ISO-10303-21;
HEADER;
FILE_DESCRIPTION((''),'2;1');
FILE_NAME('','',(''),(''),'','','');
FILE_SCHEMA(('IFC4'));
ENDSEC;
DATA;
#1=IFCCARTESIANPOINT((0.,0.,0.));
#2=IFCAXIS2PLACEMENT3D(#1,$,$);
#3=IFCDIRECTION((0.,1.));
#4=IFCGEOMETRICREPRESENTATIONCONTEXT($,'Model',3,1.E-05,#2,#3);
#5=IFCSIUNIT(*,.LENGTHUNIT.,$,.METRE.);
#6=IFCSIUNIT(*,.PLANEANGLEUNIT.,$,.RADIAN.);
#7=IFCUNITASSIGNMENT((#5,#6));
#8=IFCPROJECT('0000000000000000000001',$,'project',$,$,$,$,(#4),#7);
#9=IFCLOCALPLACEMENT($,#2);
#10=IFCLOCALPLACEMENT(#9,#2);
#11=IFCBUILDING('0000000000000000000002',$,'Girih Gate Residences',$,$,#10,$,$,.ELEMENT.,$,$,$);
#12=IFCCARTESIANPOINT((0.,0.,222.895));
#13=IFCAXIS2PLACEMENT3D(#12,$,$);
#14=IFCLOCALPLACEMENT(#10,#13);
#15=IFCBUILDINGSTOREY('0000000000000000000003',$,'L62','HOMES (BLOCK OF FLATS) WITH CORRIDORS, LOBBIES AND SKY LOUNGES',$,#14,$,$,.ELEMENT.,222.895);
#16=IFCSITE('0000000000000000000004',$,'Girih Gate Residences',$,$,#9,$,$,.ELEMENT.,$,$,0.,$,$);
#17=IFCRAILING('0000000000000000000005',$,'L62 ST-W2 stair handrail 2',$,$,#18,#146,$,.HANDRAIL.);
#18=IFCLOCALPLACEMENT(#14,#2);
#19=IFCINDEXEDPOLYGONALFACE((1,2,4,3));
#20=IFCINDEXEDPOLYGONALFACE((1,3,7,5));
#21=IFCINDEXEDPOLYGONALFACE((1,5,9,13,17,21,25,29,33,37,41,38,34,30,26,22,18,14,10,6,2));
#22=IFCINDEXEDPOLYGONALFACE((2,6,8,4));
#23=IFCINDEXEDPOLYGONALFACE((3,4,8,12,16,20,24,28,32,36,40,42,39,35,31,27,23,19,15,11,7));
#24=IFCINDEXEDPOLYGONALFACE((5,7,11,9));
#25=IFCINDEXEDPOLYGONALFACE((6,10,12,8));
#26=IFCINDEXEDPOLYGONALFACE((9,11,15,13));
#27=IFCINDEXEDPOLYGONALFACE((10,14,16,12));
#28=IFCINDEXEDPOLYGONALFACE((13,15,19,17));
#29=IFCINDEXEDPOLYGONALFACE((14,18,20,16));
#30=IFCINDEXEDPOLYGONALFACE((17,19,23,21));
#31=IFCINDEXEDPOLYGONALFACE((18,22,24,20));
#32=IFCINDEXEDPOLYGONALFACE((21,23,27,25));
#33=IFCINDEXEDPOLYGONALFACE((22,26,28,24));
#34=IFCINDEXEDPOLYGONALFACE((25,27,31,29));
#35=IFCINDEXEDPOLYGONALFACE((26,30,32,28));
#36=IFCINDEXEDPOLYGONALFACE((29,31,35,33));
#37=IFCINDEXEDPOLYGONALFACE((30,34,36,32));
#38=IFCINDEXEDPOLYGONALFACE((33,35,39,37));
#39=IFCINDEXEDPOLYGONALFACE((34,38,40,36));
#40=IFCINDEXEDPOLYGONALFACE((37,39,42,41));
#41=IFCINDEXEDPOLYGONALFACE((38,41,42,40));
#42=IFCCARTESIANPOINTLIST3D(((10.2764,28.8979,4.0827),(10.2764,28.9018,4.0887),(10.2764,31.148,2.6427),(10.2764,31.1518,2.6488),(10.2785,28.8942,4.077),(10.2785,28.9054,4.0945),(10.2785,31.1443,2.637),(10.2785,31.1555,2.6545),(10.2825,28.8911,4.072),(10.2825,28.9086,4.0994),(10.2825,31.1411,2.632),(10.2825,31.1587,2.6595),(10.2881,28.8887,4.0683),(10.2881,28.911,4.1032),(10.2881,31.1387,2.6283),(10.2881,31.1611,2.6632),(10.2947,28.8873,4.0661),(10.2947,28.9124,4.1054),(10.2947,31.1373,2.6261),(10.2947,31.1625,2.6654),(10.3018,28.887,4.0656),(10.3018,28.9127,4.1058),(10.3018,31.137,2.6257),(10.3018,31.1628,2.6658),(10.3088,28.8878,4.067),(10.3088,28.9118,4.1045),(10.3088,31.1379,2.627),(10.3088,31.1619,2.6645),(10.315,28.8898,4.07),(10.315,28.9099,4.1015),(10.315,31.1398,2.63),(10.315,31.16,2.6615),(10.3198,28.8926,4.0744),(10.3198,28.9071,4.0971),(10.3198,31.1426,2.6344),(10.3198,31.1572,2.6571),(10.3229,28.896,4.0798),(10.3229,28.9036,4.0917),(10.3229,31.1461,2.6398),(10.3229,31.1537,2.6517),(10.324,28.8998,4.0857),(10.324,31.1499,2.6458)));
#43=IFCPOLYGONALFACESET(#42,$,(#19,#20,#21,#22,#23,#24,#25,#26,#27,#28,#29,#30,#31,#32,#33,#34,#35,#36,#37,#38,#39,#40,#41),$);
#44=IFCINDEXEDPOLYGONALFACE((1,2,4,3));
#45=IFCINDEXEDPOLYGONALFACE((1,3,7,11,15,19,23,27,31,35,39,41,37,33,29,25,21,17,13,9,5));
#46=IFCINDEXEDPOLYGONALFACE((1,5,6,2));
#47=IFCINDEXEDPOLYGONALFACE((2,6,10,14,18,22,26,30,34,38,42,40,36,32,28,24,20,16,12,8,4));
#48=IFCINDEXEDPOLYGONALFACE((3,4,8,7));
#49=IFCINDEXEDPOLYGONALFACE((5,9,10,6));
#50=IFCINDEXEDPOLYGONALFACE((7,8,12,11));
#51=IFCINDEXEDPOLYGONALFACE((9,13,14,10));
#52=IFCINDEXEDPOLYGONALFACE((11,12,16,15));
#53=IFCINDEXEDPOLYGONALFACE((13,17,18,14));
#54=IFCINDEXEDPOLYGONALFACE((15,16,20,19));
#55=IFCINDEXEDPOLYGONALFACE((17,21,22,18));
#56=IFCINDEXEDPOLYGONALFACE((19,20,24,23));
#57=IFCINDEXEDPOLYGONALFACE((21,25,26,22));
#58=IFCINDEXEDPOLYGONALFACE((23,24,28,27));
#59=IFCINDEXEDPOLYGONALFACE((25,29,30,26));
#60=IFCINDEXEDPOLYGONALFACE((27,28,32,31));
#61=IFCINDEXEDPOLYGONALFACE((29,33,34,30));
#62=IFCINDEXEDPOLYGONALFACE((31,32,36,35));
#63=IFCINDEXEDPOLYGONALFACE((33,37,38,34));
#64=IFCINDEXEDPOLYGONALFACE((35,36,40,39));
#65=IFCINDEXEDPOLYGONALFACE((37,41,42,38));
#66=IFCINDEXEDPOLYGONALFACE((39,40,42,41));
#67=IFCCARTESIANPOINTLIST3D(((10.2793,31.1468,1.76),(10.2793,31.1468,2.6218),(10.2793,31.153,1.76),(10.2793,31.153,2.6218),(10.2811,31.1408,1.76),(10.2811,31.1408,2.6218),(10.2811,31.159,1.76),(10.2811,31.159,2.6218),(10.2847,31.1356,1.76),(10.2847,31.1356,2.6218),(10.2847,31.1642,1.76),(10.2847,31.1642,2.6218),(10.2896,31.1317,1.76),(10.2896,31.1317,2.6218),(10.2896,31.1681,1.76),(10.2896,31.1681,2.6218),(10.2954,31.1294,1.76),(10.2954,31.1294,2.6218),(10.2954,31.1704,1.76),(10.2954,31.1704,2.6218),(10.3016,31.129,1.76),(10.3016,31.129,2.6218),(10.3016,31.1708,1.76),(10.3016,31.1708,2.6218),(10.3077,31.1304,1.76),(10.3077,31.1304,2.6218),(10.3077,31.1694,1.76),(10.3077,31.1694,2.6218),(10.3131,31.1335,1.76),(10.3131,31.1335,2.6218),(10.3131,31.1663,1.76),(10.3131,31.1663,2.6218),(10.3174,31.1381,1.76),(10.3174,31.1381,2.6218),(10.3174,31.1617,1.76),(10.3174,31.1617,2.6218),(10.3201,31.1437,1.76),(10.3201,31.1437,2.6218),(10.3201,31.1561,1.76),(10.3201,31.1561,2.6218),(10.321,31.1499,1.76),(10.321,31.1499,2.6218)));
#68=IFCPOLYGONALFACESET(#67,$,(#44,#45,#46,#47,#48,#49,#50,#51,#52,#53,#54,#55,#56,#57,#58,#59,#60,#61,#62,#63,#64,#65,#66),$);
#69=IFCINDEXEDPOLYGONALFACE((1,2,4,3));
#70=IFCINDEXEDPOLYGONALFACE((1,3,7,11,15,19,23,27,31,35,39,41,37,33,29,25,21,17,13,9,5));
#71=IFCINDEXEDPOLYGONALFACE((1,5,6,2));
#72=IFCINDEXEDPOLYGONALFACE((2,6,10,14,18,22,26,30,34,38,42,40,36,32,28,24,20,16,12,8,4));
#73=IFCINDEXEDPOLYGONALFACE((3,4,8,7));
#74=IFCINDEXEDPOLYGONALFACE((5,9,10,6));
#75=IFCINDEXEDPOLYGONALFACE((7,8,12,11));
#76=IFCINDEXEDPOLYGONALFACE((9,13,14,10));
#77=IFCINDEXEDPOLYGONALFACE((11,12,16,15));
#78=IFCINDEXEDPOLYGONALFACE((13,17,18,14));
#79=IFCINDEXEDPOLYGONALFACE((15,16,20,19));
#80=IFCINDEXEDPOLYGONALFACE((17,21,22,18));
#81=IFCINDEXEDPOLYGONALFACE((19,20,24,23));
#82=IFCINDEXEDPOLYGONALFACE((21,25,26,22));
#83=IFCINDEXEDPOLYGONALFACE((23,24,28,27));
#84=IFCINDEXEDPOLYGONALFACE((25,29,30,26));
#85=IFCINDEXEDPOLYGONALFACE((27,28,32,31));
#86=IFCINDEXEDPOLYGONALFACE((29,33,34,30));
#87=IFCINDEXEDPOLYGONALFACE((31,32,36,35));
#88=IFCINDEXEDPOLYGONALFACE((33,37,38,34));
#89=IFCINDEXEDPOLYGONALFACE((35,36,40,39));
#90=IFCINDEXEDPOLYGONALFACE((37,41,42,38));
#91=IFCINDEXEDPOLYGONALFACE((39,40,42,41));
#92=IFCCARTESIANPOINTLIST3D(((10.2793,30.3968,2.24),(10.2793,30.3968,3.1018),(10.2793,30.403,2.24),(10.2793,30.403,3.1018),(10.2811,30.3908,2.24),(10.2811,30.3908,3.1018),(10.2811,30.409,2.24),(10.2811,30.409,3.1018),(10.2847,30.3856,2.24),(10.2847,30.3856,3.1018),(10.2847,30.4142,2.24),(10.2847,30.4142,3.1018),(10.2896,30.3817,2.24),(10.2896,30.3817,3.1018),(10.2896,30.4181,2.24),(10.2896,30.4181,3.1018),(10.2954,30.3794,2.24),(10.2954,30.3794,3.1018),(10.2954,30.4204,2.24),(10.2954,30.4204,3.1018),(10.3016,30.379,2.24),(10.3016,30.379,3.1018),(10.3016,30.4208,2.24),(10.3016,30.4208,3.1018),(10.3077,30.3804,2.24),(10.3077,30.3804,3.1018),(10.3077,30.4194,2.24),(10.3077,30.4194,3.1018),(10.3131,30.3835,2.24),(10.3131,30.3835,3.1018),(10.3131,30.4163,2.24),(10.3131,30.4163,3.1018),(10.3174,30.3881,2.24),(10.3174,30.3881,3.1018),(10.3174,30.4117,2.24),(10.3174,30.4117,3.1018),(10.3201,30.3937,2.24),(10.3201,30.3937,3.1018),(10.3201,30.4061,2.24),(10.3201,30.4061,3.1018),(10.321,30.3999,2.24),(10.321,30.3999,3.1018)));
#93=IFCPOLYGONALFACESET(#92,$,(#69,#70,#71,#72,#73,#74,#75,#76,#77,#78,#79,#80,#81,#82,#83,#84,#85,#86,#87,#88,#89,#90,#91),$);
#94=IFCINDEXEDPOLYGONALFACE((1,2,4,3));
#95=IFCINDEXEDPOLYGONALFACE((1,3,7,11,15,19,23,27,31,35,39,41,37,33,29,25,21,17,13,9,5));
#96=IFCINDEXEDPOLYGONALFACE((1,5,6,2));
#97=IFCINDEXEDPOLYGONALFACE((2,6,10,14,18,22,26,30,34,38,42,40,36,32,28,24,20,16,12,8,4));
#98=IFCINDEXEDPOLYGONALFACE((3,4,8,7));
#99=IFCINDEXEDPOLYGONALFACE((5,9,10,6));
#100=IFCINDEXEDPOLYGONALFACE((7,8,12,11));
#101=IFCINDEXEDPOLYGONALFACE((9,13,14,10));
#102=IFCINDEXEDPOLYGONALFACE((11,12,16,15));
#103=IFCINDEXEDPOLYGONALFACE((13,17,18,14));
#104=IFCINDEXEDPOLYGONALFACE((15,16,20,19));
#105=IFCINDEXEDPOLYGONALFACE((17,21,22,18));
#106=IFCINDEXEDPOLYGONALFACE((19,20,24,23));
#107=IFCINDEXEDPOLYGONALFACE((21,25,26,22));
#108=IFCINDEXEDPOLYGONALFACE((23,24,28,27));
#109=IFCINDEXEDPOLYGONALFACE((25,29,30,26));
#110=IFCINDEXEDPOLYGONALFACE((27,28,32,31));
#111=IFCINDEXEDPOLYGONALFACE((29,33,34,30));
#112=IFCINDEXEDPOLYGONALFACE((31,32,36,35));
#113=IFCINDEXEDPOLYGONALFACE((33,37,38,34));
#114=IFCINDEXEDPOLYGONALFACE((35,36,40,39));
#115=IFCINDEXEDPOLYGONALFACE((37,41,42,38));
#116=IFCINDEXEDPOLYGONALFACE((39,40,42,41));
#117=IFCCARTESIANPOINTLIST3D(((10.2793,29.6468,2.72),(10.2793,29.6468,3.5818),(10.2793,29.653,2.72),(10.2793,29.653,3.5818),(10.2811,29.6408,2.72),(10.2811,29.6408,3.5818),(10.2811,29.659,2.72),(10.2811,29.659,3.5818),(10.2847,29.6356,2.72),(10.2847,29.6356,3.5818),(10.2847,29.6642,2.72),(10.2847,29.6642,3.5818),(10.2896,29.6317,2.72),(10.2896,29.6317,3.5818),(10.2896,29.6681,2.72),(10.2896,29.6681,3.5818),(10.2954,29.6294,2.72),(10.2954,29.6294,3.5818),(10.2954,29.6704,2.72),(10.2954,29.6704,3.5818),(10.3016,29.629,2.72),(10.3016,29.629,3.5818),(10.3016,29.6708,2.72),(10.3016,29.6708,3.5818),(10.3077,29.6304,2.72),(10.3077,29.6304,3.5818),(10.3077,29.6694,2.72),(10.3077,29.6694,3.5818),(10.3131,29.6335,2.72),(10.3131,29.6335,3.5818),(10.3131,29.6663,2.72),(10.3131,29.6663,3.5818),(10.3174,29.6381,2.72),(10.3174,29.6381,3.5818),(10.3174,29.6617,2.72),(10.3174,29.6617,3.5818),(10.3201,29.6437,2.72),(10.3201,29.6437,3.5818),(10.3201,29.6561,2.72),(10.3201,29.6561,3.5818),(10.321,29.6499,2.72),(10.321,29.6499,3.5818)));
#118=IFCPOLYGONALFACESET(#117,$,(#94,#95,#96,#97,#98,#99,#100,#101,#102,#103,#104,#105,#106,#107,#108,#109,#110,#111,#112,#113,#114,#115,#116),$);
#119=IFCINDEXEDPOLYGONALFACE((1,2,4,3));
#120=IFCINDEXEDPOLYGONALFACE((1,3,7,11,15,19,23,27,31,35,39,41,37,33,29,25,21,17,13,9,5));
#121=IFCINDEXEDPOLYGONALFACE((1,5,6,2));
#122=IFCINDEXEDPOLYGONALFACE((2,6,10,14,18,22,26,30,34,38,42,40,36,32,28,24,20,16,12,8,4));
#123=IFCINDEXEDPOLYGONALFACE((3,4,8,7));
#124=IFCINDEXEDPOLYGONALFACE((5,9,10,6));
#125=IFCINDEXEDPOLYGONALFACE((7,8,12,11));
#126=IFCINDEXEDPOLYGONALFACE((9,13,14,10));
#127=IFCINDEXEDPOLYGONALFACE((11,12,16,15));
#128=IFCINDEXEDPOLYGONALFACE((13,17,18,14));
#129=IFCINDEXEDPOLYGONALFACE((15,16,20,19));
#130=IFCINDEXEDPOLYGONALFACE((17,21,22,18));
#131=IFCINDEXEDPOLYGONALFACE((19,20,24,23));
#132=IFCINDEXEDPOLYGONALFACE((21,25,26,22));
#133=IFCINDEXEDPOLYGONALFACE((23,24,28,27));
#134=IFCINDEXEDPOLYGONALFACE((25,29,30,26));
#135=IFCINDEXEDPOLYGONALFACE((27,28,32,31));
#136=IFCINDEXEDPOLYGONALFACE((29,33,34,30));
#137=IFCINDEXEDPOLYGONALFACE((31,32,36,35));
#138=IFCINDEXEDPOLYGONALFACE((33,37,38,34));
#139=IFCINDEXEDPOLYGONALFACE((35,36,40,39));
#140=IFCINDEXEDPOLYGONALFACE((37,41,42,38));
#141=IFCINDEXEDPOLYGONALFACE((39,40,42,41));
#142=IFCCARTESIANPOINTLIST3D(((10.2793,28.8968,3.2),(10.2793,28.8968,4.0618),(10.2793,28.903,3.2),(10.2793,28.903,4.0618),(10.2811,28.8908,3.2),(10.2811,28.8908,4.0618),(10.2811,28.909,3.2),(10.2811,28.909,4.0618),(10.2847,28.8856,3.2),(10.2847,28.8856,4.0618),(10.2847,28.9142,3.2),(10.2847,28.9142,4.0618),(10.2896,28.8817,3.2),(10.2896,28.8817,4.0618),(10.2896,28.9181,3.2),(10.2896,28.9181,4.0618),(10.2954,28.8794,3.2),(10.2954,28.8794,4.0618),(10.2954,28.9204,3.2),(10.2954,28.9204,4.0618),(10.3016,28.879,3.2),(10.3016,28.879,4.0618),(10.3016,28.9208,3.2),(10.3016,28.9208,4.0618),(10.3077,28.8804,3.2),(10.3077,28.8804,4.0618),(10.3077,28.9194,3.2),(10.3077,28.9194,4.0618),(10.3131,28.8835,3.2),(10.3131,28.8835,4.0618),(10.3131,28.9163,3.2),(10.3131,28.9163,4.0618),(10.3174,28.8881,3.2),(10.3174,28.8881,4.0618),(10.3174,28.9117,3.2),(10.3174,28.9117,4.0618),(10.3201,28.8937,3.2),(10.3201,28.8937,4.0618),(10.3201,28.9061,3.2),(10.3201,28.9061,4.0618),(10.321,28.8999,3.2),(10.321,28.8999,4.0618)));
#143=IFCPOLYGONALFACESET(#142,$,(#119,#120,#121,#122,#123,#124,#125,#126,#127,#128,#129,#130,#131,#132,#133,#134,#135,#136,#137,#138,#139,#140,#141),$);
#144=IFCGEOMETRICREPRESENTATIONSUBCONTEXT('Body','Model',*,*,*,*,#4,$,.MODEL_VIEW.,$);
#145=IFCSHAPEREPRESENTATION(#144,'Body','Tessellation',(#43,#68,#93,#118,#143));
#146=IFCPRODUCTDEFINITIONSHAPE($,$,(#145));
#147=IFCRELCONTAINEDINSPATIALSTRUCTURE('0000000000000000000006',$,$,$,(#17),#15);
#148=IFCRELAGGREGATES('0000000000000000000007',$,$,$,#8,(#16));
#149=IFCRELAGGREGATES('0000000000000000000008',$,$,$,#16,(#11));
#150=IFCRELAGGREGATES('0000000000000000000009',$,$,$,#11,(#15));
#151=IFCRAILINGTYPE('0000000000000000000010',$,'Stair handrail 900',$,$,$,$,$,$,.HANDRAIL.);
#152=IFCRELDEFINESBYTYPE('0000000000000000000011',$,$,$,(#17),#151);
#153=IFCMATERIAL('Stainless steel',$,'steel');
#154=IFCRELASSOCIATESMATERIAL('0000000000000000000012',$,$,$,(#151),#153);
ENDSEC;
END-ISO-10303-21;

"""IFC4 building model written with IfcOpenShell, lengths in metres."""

from ifc_helpers import new_model, si_unit, direction, frame, origin, origin_2d, place, context, subcontext, project, spatial, circle, extrude, material, type_object, element, save


model = new_model("IFC4")

# Units and contexts
model_context = context("Model", 3, precision=1e-05, world=origin(), true_north=direction((0.0, 1.0)))
body_context = subcontext(model_context, "Body", "Model", "MODEL_VIEW")
ifc_project = project(units=[si_unit("LENGTHUNIT", "METRE"), si_unit("PLANEANGLEUNIT", "RADIAN")], contexts=[model_context])

# Site, building, storey
site_placement = place(None, origin())
site = spatial("IfcSite", under=ifc_project, at=site_placement, Name="Girih Gate Residences", CompositionType="ELEMENT", RefElevation=0.0)
building_placement = place(site_placement, origin())
building = spatial("IfcBuilding", under=site, at=building_placement, Name="Girih Gate Residences", CompositionType="ELEMENT")
storey_placement = place(building_placement, frame((0.0, 0.0, 222.895)))
storey = spatial("IfcBuildingStorey", under=building, at=storey_placement, Name="L62", Description="HOMES (BLOCK OF FLATS) WITH CORRIDORS, LOBBIES AND SKY LOUNGES", CompositionType="ELEMENT", Elevation=222.895)

# Railing
ifc_material_1 = material(Name="Stainless steel", Category="steel")
railing_type_1 = type_object("IfcRailingType", Name="Stair handrail 900", PredefinedType="HANDRAIL", material=ifc_material_1)
railing_1_placement = place(storey_placement, frame((10.3, 31.1499, 1.76)))
element("IfcRailing", 1, at=railing_1_placement, inside=storey, type_object=railing_type_1, Name="L62 ST-W2 stair handrail 2", PredefinedType="HANDRAIL", context=body_context, shape_type="SweptSolid", body=[
    extrude(circle(Radius=0.0239, at=origin_2d()), frame((0.0, 0.0, 0.8857), z_axis=(0.0, -0.842281, 0.539038), x_axis=(1.0, 0.0, 0.0)), (0.0, 0.0, 1.0), 2.6714),
    extrude(circle(Radius=0.021, at=origin_2d()), origin(), (0.0, 0.0, 1.0), 0.8618),
    extrude(circle(Radius=0.021, at=origin_2d()), frame((0.0, -0.75, 0.48)), (0.0, 0.0, 1.0), 0.8618),
    extrude(circle(Radius=0.021, at=origin_2d()), frame((0.0, -1.5, 0.96)), (0.0, 0.0, 1.0), 0.8618),
    extrude(circle(Radius=0.021, at=origin_2d()), frame((0.0, -2.25, 1.4399)), (0.0, 0.0, 1.0), 0.8618),
])

save(model, "model.ifc")
